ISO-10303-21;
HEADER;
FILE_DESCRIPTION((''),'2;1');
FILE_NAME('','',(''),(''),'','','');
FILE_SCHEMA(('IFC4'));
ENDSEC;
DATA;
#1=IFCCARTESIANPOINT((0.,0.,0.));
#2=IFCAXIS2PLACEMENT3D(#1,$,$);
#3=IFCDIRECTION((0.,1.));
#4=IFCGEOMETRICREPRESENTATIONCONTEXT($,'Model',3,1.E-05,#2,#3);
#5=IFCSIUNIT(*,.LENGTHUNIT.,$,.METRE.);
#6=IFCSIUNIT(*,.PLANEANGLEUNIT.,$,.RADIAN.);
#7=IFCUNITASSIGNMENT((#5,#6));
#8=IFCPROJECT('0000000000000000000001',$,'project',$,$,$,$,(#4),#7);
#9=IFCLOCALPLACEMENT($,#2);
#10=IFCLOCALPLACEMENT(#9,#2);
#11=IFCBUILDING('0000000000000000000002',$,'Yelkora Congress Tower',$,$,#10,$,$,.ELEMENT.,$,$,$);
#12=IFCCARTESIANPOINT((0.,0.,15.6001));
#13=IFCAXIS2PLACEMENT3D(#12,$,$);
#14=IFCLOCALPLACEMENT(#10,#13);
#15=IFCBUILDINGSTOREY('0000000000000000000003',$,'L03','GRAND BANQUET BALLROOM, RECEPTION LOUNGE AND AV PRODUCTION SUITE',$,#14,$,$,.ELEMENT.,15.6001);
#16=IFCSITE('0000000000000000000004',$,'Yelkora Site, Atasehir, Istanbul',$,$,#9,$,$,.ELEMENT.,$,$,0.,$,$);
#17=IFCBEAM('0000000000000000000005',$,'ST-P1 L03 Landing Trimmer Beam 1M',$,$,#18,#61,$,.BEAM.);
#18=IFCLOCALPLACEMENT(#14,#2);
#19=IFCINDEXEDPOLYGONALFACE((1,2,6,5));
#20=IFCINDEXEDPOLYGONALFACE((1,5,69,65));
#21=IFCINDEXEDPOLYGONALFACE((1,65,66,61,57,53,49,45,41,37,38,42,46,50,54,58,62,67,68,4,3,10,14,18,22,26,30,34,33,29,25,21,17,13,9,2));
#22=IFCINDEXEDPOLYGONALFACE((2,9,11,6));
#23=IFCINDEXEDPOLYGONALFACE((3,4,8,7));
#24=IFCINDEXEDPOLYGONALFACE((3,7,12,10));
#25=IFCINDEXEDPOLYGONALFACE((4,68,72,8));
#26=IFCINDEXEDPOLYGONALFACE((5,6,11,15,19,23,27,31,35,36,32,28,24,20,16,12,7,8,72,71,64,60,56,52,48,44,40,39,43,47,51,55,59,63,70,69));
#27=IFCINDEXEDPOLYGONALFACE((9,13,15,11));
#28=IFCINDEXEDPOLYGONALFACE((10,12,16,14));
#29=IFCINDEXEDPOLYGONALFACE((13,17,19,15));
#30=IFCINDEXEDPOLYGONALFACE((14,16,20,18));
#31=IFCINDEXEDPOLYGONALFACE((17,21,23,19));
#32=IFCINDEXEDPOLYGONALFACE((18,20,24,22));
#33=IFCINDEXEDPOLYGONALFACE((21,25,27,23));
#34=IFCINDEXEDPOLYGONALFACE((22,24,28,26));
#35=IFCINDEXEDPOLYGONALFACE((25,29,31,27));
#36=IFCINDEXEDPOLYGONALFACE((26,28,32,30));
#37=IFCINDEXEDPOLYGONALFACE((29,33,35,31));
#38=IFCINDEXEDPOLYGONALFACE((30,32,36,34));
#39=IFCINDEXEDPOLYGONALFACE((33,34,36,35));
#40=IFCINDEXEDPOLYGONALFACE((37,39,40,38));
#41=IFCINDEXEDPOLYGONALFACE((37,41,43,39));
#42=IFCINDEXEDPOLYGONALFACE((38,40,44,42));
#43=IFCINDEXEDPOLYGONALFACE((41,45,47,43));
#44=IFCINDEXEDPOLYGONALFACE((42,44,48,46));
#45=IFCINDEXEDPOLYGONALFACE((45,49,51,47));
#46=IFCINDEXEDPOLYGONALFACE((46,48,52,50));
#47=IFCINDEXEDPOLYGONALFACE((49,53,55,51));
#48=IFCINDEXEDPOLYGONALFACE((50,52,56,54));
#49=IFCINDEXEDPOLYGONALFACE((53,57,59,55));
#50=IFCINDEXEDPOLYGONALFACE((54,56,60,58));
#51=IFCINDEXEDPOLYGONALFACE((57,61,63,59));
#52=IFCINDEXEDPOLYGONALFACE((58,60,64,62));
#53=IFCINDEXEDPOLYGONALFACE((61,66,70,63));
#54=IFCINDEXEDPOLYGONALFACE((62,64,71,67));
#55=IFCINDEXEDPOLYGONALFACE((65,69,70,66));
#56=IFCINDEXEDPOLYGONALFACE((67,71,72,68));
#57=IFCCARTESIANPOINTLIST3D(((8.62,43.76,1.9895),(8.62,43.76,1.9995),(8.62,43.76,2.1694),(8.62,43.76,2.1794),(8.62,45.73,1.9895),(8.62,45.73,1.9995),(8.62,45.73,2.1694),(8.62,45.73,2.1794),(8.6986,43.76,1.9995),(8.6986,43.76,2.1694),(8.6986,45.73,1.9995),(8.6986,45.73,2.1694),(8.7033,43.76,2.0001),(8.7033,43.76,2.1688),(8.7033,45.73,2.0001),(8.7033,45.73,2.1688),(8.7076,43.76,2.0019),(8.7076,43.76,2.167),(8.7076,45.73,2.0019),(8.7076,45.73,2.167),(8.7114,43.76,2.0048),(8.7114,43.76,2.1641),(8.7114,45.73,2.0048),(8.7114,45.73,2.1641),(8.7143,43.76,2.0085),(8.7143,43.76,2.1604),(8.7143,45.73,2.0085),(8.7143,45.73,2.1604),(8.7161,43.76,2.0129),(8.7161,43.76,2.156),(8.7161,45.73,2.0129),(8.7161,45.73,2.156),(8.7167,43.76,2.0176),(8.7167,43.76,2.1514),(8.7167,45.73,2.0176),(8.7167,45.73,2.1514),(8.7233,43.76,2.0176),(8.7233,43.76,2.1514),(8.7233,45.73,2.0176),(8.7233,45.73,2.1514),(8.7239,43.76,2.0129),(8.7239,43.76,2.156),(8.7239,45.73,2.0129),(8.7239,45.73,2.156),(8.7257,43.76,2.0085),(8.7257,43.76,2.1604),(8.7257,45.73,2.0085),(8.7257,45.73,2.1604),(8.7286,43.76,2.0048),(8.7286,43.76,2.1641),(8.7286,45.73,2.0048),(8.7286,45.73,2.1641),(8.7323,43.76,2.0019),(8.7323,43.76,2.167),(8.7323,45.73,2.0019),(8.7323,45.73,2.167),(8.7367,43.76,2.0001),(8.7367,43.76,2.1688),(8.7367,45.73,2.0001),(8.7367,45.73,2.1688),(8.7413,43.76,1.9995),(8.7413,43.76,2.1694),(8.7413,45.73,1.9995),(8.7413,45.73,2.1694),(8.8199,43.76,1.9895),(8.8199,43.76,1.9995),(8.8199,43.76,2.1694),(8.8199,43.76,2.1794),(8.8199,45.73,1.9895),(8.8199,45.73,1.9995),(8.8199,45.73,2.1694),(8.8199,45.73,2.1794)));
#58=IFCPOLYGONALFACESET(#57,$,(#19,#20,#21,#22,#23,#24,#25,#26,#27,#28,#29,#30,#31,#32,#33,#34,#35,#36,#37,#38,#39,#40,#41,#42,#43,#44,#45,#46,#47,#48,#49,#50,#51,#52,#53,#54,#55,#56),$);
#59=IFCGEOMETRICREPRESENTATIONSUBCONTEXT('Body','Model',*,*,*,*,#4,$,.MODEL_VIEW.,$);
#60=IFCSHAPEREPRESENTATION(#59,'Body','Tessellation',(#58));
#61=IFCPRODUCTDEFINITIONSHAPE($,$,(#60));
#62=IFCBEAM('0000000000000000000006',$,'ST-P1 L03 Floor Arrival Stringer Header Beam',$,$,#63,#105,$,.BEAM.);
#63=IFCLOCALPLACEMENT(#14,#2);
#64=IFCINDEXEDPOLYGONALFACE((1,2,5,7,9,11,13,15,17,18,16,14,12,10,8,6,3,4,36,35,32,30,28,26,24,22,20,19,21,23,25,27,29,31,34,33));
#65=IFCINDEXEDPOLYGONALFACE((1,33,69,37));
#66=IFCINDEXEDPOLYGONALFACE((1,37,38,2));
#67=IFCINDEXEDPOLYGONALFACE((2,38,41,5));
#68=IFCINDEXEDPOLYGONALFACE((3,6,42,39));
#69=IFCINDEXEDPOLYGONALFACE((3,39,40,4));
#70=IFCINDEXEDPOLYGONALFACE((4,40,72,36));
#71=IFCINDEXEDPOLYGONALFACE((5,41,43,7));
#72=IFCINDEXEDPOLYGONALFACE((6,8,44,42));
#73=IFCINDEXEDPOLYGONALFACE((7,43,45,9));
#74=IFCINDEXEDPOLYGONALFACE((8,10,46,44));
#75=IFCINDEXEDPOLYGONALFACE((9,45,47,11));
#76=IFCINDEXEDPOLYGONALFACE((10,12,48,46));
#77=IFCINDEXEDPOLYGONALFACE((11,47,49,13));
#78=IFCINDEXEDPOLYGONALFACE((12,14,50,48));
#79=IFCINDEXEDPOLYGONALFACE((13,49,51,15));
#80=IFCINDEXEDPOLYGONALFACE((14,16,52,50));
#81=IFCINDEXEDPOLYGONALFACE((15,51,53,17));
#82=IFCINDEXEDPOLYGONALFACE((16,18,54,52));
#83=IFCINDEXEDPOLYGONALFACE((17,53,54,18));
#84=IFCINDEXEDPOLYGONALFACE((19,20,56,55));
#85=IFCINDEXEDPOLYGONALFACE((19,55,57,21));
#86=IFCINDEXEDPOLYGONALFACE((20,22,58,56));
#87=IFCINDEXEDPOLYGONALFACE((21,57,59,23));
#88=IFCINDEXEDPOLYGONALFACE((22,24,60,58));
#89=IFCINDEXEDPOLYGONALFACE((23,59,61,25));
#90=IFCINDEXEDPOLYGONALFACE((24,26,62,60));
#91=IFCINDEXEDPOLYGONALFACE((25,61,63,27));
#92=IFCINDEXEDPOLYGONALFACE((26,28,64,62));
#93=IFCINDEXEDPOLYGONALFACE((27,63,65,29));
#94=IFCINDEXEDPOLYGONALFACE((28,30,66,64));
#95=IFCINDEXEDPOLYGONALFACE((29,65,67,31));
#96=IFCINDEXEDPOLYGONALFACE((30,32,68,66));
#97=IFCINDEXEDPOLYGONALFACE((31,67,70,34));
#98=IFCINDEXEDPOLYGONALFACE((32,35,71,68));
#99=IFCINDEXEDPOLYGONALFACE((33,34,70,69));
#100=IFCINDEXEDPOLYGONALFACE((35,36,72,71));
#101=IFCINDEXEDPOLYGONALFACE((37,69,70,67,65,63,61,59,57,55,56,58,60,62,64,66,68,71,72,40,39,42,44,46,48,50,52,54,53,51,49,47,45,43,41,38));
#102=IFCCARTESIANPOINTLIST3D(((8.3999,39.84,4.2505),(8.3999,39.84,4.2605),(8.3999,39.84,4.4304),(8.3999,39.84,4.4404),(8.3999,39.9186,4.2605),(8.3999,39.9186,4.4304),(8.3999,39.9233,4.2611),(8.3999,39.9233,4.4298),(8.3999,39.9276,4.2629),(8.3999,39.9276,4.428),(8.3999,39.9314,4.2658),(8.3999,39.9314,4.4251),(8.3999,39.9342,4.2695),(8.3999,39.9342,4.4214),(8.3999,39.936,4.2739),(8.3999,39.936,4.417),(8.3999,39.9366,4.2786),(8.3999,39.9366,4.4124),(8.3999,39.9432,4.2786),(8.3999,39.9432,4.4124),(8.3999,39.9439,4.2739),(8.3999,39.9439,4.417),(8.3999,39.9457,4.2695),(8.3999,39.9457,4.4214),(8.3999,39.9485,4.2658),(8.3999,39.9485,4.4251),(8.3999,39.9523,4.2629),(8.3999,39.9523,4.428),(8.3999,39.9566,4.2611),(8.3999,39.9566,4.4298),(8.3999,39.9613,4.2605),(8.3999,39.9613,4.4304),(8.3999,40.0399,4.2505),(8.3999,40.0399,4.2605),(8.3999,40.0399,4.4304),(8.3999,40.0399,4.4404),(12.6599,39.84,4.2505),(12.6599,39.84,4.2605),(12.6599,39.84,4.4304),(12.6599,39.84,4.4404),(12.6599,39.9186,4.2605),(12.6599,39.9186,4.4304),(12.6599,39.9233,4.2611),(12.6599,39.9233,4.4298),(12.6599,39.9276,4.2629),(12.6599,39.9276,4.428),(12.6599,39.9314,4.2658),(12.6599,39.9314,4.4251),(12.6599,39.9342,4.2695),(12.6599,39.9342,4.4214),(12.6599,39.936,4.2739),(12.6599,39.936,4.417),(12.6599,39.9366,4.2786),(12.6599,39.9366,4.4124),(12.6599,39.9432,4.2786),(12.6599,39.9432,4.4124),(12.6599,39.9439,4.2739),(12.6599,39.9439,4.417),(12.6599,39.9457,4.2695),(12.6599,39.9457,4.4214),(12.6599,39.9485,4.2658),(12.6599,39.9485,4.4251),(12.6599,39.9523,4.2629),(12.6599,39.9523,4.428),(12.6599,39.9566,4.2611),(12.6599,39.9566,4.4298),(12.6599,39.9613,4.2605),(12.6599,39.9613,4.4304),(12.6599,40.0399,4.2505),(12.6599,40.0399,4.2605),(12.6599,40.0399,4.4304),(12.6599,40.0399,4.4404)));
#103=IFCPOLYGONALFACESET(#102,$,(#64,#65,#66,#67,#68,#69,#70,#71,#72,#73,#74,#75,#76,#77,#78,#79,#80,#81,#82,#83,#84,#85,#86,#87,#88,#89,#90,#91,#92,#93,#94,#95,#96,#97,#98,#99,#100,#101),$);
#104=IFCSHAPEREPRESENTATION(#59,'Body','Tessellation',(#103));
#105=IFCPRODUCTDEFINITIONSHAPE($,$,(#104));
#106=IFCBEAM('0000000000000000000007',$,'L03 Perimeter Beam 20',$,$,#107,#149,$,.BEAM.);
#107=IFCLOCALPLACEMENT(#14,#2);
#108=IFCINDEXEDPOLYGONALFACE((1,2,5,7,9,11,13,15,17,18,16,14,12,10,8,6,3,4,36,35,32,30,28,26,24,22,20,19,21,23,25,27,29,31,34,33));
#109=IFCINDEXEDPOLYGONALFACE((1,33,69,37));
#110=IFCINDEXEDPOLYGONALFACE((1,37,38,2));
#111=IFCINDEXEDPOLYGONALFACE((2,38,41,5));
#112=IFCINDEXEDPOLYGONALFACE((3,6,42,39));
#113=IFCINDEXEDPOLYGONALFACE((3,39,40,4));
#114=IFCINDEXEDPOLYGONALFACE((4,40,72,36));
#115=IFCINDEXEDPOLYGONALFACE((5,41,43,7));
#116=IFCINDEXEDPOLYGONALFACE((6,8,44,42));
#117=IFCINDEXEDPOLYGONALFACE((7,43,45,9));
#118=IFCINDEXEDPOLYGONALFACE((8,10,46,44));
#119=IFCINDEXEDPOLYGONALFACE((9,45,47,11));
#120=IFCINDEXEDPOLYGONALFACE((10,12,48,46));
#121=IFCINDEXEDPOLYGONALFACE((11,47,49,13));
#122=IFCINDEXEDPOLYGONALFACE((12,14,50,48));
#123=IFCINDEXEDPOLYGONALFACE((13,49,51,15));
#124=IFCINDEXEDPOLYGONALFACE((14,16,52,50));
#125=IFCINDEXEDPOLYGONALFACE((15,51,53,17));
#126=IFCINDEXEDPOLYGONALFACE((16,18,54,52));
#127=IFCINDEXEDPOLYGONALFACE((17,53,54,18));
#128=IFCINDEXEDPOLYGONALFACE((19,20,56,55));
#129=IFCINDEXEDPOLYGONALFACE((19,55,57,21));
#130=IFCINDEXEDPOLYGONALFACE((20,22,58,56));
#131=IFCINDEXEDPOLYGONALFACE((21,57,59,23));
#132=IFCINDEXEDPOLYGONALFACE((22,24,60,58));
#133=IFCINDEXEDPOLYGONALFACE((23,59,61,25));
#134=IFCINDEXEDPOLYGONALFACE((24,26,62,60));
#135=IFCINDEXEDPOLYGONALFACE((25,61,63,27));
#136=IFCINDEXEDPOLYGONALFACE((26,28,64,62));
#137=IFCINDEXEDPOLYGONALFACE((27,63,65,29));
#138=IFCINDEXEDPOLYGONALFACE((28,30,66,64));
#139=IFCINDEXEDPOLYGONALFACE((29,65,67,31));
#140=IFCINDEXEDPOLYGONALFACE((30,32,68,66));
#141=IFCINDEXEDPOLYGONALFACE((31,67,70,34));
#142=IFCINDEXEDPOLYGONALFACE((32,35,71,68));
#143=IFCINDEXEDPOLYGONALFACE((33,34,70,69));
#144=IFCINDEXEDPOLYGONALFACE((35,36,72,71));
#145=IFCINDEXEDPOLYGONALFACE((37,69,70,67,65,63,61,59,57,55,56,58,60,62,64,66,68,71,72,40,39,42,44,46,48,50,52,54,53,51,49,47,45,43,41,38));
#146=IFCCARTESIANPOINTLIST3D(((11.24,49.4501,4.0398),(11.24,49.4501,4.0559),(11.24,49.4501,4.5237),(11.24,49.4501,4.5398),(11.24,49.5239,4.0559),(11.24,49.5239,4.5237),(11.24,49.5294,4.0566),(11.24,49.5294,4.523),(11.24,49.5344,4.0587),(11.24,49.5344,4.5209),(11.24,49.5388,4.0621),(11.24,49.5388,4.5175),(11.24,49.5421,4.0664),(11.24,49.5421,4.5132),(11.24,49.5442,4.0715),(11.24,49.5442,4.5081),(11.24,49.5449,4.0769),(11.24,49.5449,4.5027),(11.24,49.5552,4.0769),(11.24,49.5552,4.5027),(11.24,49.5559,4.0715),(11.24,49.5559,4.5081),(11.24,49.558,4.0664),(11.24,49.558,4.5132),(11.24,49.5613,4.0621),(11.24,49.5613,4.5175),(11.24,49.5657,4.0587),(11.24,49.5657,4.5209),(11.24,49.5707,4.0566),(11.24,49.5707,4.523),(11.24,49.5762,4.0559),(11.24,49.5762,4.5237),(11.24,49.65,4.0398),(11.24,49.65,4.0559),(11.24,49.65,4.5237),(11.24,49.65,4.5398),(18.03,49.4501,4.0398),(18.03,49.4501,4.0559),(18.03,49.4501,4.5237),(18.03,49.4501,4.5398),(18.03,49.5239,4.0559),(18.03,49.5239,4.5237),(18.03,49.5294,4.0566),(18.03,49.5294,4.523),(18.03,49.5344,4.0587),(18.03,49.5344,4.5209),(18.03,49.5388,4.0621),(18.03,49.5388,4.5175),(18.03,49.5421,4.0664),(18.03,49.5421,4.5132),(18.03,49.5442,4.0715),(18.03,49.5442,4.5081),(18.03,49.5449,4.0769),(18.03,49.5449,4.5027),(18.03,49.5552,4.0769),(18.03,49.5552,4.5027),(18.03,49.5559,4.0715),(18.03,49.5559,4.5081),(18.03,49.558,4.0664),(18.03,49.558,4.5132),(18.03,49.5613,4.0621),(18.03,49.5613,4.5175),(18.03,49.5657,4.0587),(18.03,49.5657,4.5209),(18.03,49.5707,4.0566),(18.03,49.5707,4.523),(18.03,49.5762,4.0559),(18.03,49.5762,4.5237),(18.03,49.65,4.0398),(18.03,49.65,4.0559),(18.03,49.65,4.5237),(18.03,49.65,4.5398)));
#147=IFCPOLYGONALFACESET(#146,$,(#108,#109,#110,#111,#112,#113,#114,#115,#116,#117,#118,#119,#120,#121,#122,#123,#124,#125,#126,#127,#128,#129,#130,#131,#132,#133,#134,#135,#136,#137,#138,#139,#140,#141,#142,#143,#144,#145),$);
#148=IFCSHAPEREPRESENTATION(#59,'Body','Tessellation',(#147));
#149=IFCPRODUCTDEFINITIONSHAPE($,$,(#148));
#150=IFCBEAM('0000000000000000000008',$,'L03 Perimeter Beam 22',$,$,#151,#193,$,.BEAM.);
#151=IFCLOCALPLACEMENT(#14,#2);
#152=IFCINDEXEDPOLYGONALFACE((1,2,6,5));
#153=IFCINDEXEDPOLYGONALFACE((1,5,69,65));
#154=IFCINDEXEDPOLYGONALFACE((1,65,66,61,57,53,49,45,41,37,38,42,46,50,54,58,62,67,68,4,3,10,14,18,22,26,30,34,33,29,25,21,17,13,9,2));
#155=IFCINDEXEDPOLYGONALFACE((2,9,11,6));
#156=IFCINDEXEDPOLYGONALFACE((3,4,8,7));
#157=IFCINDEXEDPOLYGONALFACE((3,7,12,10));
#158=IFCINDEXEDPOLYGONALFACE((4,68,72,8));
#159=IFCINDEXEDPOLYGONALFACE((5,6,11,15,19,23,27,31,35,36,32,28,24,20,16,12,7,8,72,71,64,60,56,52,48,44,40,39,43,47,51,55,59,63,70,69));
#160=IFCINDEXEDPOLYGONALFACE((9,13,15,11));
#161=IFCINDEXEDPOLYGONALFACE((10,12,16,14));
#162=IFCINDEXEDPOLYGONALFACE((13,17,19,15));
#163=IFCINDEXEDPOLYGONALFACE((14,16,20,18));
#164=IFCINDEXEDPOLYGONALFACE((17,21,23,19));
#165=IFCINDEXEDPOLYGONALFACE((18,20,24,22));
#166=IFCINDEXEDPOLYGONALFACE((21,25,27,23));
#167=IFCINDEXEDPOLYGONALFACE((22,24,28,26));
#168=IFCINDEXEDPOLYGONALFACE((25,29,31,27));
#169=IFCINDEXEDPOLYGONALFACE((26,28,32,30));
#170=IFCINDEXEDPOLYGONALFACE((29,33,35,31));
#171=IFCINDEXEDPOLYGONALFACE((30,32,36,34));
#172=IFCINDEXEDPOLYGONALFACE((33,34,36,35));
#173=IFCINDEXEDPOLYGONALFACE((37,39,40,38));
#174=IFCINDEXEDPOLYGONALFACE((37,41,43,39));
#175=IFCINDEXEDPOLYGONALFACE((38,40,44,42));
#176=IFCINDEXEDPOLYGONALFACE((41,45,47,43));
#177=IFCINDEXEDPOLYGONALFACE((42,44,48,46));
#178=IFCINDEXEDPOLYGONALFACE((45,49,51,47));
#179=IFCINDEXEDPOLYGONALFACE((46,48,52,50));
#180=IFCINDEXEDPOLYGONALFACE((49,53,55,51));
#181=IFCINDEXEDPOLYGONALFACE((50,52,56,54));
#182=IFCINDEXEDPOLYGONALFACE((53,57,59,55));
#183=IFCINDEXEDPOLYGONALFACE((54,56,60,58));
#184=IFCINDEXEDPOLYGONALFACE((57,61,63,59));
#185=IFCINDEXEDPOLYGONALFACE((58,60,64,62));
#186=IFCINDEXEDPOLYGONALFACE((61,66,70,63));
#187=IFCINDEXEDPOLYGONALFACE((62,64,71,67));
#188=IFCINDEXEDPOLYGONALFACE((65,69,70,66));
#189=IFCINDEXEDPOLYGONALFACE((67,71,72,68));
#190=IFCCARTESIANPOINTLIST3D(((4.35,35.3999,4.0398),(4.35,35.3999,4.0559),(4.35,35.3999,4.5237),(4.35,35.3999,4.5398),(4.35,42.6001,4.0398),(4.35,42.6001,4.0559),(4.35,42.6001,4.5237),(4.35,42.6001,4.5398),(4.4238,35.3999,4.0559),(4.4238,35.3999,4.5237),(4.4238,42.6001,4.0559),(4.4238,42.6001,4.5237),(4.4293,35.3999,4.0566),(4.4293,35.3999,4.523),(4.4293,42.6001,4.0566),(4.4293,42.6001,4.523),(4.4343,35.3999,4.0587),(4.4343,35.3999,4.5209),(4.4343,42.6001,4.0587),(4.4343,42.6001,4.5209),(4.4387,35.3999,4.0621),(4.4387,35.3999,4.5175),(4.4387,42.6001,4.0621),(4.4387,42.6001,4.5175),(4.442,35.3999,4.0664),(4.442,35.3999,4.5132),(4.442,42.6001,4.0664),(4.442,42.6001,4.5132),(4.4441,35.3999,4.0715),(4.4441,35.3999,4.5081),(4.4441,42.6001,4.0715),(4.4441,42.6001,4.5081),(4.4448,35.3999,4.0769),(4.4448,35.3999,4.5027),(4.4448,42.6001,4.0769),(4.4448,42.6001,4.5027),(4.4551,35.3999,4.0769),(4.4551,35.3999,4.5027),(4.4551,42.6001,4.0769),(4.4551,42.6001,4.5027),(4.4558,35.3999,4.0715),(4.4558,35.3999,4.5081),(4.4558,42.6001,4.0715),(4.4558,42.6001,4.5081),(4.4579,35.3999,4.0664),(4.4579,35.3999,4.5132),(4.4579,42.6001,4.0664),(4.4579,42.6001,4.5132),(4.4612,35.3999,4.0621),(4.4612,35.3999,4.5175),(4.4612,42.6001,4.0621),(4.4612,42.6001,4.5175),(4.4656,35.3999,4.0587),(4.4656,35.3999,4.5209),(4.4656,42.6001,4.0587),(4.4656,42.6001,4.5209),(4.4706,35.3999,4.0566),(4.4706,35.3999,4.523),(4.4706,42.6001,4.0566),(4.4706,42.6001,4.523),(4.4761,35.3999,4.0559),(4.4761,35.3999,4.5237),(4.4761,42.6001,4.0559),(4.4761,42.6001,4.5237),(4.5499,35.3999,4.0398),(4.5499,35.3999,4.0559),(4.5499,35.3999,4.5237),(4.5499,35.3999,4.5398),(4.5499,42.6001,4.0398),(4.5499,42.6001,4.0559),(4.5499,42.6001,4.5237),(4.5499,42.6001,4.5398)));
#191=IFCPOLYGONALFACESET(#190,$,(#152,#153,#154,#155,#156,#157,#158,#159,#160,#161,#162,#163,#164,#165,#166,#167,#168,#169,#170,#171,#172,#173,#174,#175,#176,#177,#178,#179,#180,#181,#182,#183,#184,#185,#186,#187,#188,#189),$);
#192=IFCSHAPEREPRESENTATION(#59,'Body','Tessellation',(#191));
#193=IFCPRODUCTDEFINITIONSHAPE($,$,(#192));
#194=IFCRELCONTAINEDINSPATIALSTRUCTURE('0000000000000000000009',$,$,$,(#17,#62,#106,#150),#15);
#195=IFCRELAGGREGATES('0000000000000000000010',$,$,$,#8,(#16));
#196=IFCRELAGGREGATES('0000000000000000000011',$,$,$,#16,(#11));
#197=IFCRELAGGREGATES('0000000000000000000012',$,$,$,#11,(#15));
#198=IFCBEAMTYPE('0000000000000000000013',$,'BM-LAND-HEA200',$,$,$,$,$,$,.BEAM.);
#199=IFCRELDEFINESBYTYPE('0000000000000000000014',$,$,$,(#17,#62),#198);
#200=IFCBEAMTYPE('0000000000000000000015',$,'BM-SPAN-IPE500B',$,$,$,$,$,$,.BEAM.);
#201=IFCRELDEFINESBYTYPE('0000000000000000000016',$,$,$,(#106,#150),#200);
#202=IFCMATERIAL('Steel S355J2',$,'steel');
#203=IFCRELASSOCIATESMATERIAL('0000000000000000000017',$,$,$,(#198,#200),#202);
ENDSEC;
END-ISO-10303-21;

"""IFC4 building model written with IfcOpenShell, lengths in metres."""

from ifc_helpers import new_model, si_unit, direction, frame, origin, origin_2d, place, context, subcontext, project, spatial, i_section, extrude, material, material_profile, profile_set, type_object, element, save


model = new_model("IFC4")

# Units and contexts
model_context = context("Model", 3, precision=1e-05, world=origin(), true_north=direction((0.0, 1.0)))
body_context = subcontext(model_context, "Body", "Model", "MODEL_VIEW")
ifc_project = project(units=[si_unit("LENGTHUNIT", "METRE"), si_unit("PLANEANGLEUNIT", "RADIAN")], contexts=[model_context])

# Site, building, storey
site_placement = place(None, origin())
site = spatial("IfcSite", under=ifc_project, at=site_placement, Name="Yelkora Site, Atasehir, Istanbul", CompositionType="ELEMENT", RefElevation=0.0)
building_placement = place(site_placement, origin())
building = spatial("IfcBuilding", under=site, at=building_placement, Name="Yelkora Congress Tower", CompositionType="ELEMENT")
storey_placement = place(building_placement, frame((0.0, 0.0, 15.6001)))
storey = spatial("IfcBuildingStorey", under=building, at=storey_placement, Name="L03", Description="GRAND BANQUET BALLROOM, RECEPTION LOUNGE AND AV PRODUCTION SUITE", CompositionType="ELEMENT", Elevation=15.6001)

# Beams
ifc_material_1 = material(Name="Steel S355J2", Category="steel")
ifc_material_profile_1 = material_profile(ifc_material_1, i_section(OverallWidth=0.2, OverallDepth=0.1899, WebThickness=0.0066, FlangeThickness=0.01, FilletRadius=0.0181, at=origin_2d()), Name="HEA 200")
ifc_profile_set_1 = profile_set([ifc_material_profile_1], Name="Steel S355J2")
beam_type_1 = type_object("IfcBeamType", Name="BM-LAND-HEA200", PredefinedType="BEAM", material=ifc_profile_set_1)
beam_1_placement = place(storey_placement, frame((8.72, 43.76, 2.0845), z_axis=(0.0, 1.0, 0.0), x_axis=(-1.0, 0.0, 0.0)))
element("IfcBeam", 1, at=beam_1_placement, inside=storey, type_object=beam_type_1, Name="ST-P1 L03 Landing Trimmer Beam 1M", PredefinedType="BEAM", context=body_context, shape_type="SweptSolid", body=[
    extrude(i_section(OverallWidth=0.2, OverallDepth=0.1899, WebThickness=0.0066, FlangeThickness=0.01, FilletRadius=0.0181, at=origin_2d()), origin(), (0.0, 0.0, 1.0), 1.97),
])
beam_2_placement = place(storey_placement, frame((8.3999, 39.9399, 4.3455), z_axis=(1.0, 0.0, 0.0), x_axis=(0.0, 1.0, 0.0)))
element("IfcBeam", 2, at=beam_2_placement, inside=storey, type_object=beam_type_1, Name="ST-P1 L03 Floor Arrival Stringer Header Beam", PredefinedType="BEAM", context=body_context, shape_type="SweptSolid", body=[
    extrude(i_section(OverallWidth=0.2, OverallDepth=0.1899, WebThickness=0.0066, FlangeThickness=0.01, FilletRadius=0.0181, at=origin_2d()), origin(), (0.0, 0.0, 1.0), 4.26),
])
ifc_material_profile_2 = material_profile(ifc_material_1, i_section(OverallWidth=0.2, OverallDepth=0.5, WebThickness=0.0103, FlangeThickness=0.0161, FilletRadius=0.021, at=origin_2d()), Name="IPE 500")
ifc_profile_set_2 = profile_set([ifc_material_profile_2], Name="Steel S355J2")
beam_type_2 = type_object("IfcBeamType", Name="BM-SPAN-IPE500B", PredefinedType="BEAM", material=ifc_profile_set_2)
beam_3_placement = place(storey_placement, frame((18.03, 49.55, 4.2898), z_axis=(-1.0, 0.0, 0.0), x_axis=(0.0, -1.0, 0.0)))
element("IfcBeam", 3, at=beam_3_placement, inside=storey, type_object=beam_type_2, Name="L03 Perimeter Beam 20", PredefinedType="BEAM", context=body_context, shape_type="SweptSolid", body=[
    extrude(i_section(OverallWidth=0.2, OverallDepth=0.5, WebThickness=0.0103, FlangeThickness=0.0161, FilletRadius=0.021, at=origin_2d()), origin(), (0.0, 0.0, 1.0), 6.79),
])
beam_4_placement = place(storey_placement, frame((4.45, 42.6001, 4.2898), z_axis=(0.0, -1.0, 0.0), x_axis=(1.0, 0.0, 0.0)))
element("IfcBeam", 4, at=beam_4_placement, inside=storey, type_object=beam_type_2, Name="L03 Perimeter Beam 22", PredefinedType="BEAM", context=body_context, shape_type="SweptSolid", body=[
    extrude(i_section(OverallWidth=0.2, OverallDepth=0.5, WebThickness=0.0103, FlangeThickness=0.0161, FilletRadius=0.021, at=origin_2d()), origin(), (0.0, 0.0, 1.0), 7.2002),
])

save(model, "model.ifc")
